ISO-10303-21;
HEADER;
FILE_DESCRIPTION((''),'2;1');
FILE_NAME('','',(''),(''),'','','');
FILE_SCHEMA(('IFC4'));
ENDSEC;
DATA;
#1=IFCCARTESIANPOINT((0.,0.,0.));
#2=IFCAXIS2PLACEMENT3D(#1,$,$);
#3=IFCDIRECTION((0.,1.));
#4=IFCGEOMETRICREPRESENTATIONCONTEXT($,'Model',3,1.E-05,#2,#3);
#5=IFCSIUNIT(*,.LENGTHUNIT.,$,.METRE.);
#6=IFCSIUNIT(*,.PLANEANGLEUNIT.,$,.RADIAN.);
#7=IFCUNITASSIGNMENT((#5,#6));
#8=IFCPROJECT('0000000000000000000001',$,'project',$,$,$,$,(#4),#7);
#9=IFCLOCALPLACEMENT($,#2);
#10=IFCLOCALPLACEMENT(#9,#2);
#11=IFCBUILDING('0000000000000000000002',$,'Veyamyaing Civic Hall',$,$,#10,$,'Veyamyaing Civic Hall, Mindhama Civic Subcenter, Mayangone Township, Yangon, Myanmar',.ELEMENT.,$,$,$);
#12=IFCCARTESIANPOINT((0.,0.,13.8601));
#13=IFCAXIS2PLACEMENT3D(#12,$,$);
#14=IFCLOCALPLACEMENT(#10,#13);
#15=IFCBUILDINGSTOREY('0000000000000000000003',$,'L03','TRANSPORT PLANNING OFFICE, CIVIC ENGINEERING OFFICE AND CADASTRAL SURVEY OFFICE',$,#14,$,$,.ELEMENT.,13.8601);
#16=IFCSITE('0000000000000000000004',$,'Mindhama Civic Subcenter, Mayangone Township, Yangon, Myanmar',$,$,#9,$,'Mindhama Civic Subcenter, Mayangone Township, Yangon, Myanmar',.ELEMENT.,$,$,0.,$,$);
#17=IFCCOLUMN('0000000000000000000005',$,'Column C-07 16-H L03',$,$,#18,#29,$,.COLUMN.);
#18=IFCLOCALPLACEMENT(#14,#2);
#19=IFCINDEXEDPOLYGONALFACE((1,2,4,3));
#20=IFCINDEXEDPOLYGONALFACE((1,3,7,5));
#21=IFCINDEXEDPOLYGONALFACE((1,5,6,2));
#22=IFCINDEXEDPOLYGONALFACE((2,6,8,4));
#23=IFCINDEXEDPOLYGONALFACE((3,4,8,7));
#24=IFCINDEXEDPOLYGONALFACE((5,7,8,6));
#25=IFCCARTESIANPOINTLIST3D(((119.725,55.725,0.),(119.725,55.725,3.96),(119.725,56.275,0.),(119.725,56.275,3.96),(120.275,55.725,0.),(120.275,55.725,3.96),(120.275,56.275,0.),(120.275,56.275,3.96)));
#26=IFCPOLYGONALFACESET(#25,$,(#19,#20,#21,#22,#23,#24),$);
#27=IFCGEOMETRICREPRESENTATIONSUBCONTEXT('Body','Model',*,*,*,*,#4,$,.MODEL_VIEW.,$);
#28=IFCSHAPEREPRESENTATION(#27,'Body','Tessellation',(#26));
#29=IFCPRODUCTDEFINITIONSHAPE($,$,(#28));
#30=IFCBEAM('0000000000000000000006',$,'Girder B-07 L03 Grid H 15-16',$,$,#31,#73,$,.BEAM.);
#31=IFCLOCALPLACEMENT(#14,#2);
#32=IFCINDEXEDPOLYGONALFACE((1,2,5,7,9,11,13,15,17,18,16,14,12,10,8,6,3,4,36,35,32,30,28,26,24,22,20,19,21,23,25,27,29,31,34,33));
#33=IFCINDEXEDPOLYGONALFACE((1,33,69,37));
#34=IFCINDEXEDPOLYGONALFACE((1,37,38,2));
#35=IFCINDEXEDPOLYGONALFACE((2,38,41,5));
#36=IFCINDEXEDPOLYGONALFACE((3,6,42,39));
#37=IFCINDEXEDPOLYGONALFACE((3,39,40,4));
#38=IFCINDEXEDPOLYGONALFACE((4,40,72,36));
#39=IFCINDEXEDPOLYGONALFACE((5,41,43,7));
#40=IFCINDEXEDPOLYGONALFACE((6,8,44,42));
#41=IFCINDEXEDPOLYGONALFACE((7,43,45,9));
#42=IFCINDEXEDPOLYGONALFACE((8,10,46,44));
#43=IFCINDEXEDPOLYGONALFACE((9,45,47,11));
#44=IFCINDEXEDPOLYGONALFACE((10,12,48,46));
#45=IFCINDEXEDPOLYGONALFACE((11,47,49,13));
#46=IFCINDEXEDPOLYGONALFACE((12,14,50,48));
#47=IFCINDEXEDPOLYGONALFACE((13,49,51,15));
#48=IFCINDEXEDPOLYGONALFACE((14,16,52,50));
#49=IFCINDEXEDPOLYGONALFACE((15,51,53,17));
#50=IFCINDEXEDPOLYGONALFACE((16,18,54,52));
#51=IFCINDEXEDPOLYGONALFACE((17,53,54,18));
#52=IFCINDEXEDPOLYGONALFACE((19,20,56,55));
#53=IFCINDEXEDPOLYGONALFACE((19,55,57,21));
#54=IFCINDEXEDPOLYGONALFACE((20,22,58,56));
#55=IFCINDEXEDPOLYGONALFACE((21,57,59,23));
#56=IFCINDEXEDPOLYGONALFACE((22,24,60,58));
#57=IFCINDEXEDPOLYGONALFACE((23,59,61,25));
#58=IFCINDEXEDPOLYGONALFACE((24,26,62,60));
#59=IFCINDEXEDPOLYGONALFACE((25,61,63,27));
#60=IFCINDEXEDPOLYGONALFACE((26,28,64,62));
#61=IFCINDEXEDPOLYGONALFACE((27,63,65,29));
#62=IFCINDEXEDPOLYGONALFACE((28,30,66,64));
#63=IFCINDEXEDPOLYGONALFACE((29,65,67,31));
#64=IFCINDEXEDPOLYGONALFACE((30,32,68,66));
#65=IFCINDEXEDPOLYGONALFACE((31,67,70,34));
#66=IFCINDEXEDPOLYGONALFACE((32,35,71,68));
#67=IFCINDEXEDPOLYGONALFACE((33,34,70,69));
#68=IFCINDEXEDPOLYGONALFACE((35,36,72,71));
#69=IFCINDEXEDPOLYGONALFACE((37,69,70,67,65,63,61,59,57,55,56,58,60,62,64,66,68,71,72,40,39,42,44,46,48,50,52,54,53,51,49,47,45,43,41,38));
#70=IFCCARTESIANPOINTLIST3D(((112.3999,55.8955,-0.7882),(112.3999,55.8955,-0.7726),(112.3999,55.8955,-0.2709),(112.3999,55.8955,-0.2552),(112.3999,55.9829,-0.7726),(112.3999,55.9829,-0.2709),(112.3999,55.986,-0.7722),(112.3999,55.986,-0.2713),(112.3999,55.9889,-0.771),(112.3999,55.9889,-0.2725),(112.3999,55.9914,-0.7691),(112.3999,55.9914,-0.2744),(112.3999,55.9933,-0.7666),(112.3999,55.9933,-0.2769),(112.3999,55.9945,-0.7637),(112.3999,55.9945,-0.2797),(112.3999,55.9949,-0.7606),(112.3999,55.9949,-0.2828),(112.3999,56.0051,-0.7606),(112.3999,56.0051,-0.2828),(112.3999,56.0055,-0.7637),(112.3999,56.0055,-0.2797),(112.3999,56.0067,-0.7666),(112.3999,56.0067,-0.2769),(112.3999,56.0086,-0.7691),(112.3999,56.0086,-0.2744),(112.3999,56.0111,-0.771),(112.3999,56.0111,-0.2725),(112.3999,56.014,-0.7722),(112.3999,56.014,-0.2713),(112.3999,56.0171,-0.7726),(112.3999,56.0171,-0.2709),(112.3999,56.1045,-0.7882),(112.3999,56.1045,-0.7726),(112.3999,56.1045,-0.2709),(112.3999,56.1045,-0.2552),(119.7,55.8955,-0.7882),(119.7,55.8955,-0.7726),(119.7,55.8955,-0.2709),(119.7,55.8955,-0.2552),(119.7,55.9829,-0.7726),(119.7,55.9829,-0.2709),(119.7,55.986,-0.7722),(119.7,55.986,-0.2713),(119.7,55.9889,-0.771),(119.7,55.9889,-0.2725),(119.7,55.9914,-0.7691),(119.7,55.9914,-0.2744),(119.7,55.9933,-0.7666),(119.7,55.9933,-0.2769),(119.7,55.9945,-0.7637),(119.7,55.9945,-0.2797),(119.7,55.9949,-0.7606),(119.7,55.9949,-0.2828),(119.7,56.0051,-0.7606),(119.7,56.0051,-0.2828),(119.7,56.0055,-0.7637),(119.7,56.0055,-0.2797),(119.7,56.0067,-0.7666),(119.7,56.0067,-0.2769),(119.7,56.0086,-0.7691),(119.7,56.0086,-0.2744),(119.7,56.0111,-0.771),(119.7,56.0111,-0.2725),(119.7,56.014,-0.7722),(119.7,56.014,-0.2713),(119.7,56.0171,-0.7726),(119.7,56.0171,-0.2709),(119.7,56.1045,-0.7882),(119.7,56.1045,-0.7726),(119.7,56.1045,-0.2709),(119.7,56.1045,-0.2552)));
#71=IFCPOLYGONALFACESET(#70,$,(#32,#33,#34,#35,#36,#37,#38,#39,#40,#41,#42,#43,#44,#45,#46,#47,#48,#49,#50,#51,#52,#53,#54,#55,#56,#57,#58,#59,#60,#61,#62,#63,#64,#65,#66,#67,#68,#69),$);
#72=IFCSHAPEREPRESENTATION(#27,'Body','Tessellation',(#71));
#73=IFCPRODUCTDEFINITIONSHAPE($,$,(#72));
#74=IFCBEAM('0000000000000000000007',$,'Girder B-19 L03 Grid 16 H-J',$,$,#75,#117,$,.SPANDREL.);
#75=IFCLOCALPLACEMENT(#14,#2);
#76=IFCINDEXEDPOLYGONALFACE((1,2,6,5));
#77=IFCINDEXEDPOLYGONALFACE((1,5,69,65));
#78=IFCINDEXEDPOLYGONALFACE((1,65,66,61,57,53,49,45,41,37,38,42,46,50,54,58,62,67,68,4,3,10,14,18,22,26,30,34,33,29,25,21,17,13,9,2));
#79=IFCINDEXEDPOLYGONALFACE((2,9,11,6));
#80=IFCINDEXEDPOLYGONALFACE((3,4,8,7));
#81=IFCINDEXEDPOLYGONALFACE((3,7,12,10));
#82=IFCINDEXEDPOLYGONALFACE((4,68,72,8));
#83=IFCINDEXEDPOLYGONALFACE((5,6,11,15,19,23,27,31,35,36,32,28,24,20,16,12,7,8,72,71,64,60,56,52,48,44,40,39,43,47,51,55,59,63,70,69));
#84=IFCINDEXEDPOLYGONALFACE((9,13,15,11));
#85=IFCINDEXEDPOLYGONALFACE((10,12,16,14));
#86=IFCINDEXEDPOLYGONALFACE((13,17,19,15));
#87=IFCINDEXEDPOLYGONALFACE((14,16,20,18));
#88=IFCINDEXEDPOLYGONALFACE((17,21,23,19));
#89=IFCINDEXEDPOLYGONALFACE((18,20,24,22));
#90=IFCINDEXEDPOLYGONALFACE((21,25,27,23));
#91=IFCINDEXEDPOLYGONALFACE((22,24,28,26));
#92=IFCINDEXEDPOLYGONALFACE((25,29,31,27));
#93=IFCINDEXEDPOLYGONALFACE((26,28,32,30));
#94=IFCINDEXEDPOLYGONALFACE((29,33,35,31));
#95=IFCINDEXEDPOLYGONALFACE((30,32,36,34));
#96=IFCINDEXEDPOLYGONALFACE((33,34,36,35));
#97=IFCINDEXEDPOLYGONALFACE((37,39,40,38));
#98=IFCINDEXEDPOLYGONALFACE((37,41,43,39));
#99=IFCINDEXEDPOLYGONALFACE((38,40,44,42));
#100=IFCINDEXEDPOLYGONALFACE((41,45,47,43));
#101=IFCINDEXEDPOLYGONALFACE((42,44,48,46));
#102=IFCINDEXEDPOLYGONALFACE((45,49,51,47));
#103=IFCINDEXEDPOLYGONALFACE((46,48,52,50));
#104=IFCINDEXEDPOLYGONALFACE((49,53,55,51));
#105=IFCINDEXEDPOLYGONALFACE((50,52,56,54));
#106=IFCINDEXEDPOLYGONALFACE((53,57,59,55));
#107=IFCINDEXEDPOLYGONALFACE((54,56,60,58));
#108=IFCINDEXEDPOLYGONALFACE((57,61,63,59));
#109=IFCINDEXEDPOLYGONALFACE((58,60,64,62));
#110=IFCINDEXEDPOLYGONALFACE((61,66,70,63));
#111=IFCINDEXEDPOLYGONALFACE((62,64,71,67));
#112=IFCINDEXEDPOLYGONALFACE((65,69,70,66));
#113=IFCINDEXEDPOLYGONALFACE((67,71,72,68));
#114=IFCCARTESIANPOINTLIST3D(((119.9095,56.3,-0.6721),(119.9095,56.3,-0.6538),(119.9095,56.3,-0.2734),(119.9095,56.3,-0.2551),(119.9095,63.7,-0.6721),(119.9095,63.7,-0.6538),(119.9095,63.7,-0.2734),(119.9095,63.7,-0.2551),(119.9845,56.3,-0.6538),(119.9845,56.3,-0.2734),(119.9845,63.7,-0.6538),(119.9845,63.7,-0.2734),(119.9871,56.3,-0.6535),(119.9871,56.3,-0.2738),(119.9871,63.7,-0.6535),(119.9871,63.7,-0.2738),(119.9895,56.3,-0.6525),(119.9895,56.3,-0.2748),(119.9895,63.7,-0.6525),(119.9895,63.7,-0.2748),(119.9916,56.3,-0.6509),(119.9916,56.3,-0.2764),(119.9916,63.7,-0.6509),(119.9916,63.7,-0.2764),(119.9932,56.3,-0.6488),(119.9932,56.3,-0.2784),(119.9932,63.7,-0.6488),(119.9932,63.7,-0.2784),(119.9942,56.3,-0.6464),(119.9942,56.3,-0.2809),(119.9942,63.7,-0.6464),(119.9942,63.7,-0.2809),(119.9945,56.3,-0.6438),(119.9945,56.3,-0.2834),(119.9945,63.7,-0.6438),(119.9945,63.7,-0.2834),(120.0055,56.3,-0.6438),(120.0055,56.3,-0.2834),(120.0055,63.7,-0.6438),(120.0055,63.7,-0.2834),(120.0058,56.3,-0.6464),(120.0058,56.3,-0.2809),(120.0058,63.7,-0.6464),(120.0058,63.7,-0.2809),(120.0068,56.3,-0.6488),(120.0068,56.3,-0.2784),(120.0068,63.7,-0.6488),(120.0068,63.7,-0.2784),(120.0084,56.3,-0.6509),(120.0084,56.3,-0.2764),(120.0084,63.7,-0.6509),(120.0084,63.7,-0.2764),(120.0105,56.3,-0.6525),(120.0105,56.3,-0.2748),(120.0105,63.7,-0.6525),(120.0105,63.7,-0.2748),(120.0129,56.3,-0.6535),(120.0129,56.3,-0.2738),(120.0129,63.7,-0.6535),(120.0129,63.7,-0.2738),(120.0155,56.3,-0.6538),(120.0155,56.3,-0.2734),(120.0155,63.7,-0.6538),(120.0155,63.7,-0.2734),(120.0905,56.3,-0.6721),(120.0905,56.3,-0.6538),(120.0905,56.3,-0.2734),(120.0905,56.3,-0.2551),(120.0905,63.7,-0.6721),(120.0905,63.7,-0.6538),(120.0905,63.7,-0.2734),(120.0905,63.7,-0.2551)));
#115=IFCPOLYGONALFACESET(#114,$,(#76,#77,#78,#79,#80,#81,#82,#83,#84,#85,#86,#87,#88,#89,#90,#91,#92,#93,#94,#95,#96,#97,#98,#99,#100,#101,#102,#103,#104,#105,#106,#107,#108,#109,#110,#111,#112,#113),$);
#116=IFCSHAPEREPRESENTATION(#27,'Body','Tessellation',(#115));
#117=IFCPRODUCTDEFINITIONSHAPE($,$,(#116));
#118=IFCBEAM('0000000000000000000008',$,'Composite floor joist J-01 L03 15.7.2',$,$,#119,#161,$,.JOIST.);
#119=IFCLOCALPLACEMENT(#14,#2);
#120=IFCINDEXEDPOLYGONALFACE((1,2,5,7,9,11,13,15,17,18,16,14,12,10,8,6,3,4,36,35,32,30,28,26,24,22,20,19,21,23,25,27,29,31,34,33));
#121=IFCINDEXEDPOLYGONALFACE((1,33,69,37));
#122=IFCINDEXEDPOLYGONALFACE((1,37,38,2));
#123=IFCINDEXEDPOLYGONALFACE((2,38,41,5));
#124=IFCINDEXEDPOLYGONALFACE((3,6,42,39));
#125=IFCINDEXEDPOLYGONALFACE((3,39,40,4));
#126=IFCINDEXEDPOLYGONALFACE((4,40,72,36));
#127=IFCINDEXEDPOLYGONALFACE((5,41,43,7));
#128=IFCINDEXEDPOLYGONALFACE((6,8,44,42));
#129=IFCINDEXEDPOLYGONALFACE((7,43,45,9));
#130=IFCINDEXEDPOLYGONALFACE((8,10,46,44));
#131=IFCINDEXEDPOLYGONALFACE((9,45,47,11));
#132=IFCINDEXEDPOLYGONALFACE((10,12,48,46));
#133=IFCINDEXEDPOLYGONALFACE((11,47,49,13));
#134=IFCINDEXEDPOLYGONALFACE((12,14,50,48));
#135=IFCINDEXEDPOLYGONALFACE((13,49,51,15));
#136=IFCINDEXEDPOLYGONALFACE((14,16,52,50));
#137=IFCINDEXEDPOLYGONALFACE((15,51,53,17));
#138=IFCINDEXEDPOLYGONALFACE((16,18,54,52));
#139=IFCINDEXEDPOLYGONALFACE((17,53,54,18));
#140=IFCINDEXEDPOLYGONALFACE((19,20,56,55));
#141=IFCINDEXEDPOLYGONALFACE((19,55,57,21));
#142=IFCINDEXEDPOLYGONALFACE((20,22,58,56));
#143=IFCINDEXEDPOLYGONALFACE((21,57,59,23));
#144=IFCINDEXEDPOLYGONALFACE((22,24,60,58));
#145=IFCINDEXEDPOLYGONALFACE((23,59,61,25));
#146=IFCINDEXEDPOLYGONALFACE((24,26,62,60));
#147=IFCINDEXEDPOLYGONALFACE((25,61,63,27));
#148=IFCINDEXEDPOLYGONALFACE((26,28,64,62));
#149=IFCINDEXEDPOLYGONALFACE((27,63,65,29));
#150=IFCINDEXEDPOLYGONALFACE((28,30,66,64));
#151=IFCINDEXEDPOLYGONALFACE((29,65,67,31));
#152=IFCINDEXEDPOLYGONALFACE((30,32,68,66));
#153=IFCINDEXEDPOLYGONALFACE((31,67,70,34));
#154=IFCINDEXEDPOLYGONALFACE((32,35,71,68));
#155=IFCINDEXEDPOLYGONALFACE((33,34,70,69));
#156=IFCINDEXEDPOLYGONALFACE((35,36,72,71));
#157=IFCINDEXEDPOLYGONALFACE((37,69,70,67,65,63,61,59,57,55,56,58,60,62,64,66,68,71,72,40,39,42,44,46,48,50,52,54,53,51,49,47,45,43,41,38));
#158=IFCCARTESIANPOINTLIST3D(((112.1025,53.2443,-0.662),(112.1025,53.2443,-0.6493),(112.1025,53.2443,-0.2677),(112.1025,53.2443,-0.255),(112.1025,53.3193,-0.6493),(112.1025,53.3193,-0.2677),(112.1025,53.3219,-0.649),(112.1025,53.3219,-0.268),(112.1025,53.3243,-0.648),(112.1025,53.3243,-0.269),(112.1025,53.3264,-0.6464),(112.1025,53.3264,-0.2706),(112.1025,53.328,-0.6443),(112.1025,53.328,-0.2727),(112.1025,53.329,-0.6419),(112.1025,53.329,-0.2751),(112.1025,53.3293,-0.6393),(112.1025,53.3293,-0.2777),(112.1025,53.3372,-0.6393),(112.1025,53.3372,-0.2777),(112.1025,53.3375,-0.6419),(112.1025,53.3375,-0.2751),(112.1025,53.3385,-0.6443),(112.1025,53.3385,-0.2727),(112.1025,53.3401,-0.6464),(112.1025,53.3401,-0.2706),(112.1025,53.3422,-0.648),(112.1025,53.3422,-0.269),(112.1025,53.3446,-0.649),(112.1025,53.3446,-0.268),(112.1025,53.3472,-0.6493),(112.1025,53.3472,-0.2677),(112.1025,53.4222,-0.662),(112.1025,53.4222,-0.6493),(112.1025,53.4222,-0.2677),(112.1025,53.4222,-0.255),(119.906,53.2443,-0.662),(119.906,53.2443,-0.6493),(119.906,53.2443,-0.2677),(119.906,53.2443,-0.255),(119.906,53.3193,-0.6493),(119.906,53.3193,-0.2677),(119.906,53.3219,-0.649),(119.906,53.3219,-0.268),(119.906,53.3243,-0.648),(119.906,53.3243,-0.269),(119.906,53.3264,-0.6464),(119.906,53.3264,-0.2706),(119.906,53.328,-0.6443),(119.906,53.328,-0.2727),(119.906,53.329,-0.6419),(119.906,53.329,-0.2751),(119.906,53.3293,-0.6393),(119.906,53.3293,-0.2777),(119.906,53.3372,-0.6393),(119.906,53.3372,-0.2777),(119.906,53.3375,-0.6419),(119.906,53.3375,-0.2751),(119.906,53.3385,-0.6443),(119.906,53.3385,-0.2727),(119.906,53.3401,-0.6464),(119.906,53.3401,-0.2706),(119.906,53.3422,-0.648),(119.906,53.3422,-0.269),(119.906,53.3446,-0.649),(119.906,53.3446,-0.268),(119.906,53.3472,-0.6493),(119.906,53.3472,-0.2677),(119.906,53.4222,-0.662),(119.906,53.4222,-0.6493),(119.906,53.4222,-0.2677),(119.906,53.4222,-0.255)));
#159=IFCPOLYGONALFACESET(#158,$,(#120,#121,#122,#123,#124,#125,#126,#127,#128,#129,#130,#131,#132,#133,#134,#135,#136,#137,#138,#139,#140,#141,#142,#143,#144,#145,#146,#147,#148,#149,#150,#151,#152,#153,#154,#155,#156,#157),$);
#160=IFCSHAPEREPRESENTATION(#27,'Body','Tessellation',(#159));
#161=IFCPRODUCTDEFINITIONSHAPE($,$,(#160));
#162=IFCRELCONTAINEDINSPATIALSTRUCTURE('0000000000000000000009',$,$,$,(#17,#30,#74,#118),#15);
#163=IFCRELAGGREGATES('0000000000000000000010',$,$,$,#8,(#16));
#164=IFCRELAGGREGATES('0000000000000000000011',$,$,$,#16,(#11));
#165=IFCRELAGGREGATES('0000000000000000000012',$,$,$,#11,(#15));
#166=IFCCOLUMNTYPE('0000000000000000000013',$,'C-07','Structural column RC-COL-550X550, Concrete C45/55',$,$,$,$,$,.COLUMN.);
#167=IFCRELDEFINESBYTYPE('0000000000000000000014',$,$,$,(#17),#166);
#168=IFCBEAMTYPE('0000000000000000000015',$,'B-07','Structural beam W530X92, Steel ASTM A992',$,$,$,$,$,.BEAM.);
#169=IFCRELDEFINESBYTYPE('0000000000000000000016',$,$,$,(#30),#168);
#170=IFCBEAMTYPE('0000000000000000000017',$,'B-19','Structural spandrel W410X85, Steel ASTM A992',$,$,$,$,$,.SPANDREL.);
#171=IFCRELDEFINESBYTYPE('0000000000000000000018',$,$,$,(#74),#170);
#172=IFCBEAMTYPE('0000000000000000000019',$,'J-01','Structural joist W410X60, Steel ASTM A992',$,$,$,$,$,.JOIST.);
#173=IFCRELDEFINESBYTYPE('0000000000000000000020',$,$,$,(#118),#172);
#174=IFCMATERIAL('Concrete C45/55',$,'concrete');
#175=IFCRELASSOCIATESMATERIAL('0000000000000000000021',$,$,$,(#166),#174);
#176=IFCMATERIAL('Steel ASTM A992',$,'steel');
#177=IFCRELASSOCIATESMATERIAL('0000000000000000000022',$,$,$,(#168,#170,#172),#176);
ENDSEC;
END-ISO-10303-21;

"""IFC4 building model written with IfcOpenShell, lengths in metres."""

from ifc_helpers import new_model, si_unit, direction, frame, origin, origin_2d, place, context, subcontext, project, spatial, rectangle, i_section, extrude, material, material_profile, profile_set, type_object, element, save


model = new_model("IFC4")

# Units and contexts
model_context = context("Model", 3, precision=1e-05, world=origin(), true_north=direction((0.0, 1.0)))
body_context = subcontext(model_context, "Body", "Model", "MODEL_VIEW")
ifc_project = project(units=[si_unit("LENGTHUNIT", "METRE"), si_unit("PLANEANGLEUNIT", "RADIAN")], contexts=[model_context])

# Site, building, storey
site_placement = place(None, origin())
site = spatial("IfcSite", under=ifc_project, at=site_placement, Name="Mindhama Civic Subcenter, Mayangone Township, Yangon, Myanmar", LongName="Mindhama Civic Subcenter, Mayangone Township, Yangon, Myanmar", CompositionType="ELEMENT", RefElevation=0.0)
building_placement = place(site_placement, origin())
building = spatial("IfcBuilding", under=site, at=building_placement, Name="Veyamyaing Civic Hall", LongName="Veyamyaing Civic Hall, Mindhama Civic Subcenter, Mayangone Township, Yangon, Myanmar", CompositionType="ELEMENT")
storey_placement = place(building_placement, frame((0.0, 0.0, 13.8601)))
storey = spatial("IfcBuildingStorey", under=building, at=storey_placement, Name="L03", Description="TRANSPORT PLANNING OFFICE, CIVIC ENGINEERING OFFICE AND CADASTRAL SURVEY OFFICE", CompositionType="ELEMENT", Elevation=13.8601)

# Column
ifc_material_1 = material(Name="Concrete C45/55", Category="concrete")
ifc_material_profile_1 = material_profile(ifc_material_1, rectangle(XDim=0.55, YDim=0.55, at=origin_2d()), Name="RC-COL-550X550")
ifc_profile_set_1 = profile_set([ifc_material_profile_1], Name="Concrete C45/55")
column_type = type_object("IfcColumnType", Name="C-07", Description="Structural column RC-COL-550X550, Concrete C45/55", PredefinedType="COLUMN", material=ifc_profile_set_1)
column_placement = place(storey_placement, frame((120.0, 56.0, 0.0), z_axis=(0.0, 0.0, 1.0), x_axis=(1.0, 0.0, 0.0)))
element("IfcColumn", 1, at=column_placement, inside=storey, type_object=column_type, Name="Column C-07 16-H L03", PredefinedType="COLUMN", context=body_context, shape_type="SweptSolid", body=[
    extrude(rectangle(XDim=0.55, YDim=0.55, at=origin_2d()), origin(), (0.0, 0.0, 1.0), 3.96),
])

# Beams
ifc_material_2 = material(Name="Steel ASTM A992", Category="steel")
ifc_material_profile_2 = material_profile(ifc_material_2, i_section(OverallWidth=0.209, OverallDepth=0.533, WebThickness=0.0103, FlangeThickness=0.0156, FilletRadius=0.012, at=origin_2d()), Name="W530X92")
ifc_profile_set_2 = profile_set([ifc_material_profile_2], Name="Steel ASTM A992")
beam_type_1 = type_object("IfcBeamType", Name="B-07", Description="Structural beam W530X92, Steel ASTM A992", PredefinedType="BEAM", material=ifc_profile_set_2)
beam_1_placement = place(storey_placement, frame((112.3999, 56.0, -0.5217), z_axis=(1.0, 0.0, 0.0), x_axis=(0.0, 1.0, 0.0)))
element("IfcBeam", 2, at=beam_1_placement, inside=storey, type_object=beam_type_1, Name="Girder B-07 L03 Grid H 15-16", PredefinedType="BEAM", context=body_context, shape_type="SweptSolid", body=[
    extrude(i_section(OverallWidth=0.209, OverallDepth=0.533, WebThickness=0.0103, FlangeThickness=0.0156, FilletRadius=0.012, at=origin_2d()), origin(), (0.0, 0.0, 1.0), 7.3),
])
ifc_material_profile_3 = material_profile(ifc_material_2, i_section(OverallWidth=0.1809, OverallDepth=0.417, WebThickness=0.011, FlangeThickness=0.0183, FilletRadius=0.01, at=origin_2d()), Name="W410X85")
ifc_profile_set_3 = profile_set([ifc_material_profile_3], Name="Steel ASTM A992")
beam_type_2 = type_object("IfcBeamType", Name="B-19", Description="Structural spandrel W410X85, Steel ASTM A992", PredefinedType="SPANDREL", material=ifc_profile_set_3)
beam_2_placement = place(storey_placement, frame((120.0, 56.3, -0.4636), z_axis=(0.0, 1.0, 0.0), x_axis=(-1.0, 0.0, 0.0)))
element("IfcBeam", 3, at=beam_2_placement, inside=storey, type_object=beam_type_2, Name="Girder B-19 L03 Grid 16 H-J", PredefinedType="SPANDREL", context=body_context, shape_type="SweptSolid", body=[
    extrude(i_section(OverallWidth=0.1809, OverallDepth=0.417, WebThickness=0.011, FlangeThickness=0.0183, FilletRadius=0.01, at=origin_2d()), origin(), (0.0, 0.0, 1.0), 7.3999),
])
ifc_material_profile_4 = material_profile(ifc_material_2, i_section(OverallWidth=0.178, OverallDepth=0.407, WebThickness=0.0078, FlangeThickness=0.0127, FilletRadius=0.01, at=origin_2d()), Name="W410X60")
ifc_profile_set_4 = profile_set([ifc_material_profile_4], Name="Steel ASTM A992")
beam_type_3 = type_object("IfcBeamType", Name="J-01", Description="Structural joist W410X60, Steel ASTM A992", PredefinedType="JOIST", material=ifc_profile_set_4)
beam_3_placement = place(storey_placement, frame((112.1025, 53.3333, -0.4585), z_axis=(1.0, 0.0, 0.0), x_axis=(0.0, 1.0, 0.0)))
element("IfcBeam", 4, at=beam_3_placement, inside=storey, type_object=beam_type_3, Name="Composite floor joist J-01 L03 15.7.2", PredefinedType="JOIST", context=body_context, shape_type="SweptSolid", body=[
    extrude(i_section(OverallWidth=0.178, OverallDepth=0.407, WebThickness=0.0078, FlangeThickness=0.0127, FilletRadius=0.01, at=origin_2d()), origin(), (0.0, 0.0, 1.0), 7.8035),
])

save(model, "model.ifc")
